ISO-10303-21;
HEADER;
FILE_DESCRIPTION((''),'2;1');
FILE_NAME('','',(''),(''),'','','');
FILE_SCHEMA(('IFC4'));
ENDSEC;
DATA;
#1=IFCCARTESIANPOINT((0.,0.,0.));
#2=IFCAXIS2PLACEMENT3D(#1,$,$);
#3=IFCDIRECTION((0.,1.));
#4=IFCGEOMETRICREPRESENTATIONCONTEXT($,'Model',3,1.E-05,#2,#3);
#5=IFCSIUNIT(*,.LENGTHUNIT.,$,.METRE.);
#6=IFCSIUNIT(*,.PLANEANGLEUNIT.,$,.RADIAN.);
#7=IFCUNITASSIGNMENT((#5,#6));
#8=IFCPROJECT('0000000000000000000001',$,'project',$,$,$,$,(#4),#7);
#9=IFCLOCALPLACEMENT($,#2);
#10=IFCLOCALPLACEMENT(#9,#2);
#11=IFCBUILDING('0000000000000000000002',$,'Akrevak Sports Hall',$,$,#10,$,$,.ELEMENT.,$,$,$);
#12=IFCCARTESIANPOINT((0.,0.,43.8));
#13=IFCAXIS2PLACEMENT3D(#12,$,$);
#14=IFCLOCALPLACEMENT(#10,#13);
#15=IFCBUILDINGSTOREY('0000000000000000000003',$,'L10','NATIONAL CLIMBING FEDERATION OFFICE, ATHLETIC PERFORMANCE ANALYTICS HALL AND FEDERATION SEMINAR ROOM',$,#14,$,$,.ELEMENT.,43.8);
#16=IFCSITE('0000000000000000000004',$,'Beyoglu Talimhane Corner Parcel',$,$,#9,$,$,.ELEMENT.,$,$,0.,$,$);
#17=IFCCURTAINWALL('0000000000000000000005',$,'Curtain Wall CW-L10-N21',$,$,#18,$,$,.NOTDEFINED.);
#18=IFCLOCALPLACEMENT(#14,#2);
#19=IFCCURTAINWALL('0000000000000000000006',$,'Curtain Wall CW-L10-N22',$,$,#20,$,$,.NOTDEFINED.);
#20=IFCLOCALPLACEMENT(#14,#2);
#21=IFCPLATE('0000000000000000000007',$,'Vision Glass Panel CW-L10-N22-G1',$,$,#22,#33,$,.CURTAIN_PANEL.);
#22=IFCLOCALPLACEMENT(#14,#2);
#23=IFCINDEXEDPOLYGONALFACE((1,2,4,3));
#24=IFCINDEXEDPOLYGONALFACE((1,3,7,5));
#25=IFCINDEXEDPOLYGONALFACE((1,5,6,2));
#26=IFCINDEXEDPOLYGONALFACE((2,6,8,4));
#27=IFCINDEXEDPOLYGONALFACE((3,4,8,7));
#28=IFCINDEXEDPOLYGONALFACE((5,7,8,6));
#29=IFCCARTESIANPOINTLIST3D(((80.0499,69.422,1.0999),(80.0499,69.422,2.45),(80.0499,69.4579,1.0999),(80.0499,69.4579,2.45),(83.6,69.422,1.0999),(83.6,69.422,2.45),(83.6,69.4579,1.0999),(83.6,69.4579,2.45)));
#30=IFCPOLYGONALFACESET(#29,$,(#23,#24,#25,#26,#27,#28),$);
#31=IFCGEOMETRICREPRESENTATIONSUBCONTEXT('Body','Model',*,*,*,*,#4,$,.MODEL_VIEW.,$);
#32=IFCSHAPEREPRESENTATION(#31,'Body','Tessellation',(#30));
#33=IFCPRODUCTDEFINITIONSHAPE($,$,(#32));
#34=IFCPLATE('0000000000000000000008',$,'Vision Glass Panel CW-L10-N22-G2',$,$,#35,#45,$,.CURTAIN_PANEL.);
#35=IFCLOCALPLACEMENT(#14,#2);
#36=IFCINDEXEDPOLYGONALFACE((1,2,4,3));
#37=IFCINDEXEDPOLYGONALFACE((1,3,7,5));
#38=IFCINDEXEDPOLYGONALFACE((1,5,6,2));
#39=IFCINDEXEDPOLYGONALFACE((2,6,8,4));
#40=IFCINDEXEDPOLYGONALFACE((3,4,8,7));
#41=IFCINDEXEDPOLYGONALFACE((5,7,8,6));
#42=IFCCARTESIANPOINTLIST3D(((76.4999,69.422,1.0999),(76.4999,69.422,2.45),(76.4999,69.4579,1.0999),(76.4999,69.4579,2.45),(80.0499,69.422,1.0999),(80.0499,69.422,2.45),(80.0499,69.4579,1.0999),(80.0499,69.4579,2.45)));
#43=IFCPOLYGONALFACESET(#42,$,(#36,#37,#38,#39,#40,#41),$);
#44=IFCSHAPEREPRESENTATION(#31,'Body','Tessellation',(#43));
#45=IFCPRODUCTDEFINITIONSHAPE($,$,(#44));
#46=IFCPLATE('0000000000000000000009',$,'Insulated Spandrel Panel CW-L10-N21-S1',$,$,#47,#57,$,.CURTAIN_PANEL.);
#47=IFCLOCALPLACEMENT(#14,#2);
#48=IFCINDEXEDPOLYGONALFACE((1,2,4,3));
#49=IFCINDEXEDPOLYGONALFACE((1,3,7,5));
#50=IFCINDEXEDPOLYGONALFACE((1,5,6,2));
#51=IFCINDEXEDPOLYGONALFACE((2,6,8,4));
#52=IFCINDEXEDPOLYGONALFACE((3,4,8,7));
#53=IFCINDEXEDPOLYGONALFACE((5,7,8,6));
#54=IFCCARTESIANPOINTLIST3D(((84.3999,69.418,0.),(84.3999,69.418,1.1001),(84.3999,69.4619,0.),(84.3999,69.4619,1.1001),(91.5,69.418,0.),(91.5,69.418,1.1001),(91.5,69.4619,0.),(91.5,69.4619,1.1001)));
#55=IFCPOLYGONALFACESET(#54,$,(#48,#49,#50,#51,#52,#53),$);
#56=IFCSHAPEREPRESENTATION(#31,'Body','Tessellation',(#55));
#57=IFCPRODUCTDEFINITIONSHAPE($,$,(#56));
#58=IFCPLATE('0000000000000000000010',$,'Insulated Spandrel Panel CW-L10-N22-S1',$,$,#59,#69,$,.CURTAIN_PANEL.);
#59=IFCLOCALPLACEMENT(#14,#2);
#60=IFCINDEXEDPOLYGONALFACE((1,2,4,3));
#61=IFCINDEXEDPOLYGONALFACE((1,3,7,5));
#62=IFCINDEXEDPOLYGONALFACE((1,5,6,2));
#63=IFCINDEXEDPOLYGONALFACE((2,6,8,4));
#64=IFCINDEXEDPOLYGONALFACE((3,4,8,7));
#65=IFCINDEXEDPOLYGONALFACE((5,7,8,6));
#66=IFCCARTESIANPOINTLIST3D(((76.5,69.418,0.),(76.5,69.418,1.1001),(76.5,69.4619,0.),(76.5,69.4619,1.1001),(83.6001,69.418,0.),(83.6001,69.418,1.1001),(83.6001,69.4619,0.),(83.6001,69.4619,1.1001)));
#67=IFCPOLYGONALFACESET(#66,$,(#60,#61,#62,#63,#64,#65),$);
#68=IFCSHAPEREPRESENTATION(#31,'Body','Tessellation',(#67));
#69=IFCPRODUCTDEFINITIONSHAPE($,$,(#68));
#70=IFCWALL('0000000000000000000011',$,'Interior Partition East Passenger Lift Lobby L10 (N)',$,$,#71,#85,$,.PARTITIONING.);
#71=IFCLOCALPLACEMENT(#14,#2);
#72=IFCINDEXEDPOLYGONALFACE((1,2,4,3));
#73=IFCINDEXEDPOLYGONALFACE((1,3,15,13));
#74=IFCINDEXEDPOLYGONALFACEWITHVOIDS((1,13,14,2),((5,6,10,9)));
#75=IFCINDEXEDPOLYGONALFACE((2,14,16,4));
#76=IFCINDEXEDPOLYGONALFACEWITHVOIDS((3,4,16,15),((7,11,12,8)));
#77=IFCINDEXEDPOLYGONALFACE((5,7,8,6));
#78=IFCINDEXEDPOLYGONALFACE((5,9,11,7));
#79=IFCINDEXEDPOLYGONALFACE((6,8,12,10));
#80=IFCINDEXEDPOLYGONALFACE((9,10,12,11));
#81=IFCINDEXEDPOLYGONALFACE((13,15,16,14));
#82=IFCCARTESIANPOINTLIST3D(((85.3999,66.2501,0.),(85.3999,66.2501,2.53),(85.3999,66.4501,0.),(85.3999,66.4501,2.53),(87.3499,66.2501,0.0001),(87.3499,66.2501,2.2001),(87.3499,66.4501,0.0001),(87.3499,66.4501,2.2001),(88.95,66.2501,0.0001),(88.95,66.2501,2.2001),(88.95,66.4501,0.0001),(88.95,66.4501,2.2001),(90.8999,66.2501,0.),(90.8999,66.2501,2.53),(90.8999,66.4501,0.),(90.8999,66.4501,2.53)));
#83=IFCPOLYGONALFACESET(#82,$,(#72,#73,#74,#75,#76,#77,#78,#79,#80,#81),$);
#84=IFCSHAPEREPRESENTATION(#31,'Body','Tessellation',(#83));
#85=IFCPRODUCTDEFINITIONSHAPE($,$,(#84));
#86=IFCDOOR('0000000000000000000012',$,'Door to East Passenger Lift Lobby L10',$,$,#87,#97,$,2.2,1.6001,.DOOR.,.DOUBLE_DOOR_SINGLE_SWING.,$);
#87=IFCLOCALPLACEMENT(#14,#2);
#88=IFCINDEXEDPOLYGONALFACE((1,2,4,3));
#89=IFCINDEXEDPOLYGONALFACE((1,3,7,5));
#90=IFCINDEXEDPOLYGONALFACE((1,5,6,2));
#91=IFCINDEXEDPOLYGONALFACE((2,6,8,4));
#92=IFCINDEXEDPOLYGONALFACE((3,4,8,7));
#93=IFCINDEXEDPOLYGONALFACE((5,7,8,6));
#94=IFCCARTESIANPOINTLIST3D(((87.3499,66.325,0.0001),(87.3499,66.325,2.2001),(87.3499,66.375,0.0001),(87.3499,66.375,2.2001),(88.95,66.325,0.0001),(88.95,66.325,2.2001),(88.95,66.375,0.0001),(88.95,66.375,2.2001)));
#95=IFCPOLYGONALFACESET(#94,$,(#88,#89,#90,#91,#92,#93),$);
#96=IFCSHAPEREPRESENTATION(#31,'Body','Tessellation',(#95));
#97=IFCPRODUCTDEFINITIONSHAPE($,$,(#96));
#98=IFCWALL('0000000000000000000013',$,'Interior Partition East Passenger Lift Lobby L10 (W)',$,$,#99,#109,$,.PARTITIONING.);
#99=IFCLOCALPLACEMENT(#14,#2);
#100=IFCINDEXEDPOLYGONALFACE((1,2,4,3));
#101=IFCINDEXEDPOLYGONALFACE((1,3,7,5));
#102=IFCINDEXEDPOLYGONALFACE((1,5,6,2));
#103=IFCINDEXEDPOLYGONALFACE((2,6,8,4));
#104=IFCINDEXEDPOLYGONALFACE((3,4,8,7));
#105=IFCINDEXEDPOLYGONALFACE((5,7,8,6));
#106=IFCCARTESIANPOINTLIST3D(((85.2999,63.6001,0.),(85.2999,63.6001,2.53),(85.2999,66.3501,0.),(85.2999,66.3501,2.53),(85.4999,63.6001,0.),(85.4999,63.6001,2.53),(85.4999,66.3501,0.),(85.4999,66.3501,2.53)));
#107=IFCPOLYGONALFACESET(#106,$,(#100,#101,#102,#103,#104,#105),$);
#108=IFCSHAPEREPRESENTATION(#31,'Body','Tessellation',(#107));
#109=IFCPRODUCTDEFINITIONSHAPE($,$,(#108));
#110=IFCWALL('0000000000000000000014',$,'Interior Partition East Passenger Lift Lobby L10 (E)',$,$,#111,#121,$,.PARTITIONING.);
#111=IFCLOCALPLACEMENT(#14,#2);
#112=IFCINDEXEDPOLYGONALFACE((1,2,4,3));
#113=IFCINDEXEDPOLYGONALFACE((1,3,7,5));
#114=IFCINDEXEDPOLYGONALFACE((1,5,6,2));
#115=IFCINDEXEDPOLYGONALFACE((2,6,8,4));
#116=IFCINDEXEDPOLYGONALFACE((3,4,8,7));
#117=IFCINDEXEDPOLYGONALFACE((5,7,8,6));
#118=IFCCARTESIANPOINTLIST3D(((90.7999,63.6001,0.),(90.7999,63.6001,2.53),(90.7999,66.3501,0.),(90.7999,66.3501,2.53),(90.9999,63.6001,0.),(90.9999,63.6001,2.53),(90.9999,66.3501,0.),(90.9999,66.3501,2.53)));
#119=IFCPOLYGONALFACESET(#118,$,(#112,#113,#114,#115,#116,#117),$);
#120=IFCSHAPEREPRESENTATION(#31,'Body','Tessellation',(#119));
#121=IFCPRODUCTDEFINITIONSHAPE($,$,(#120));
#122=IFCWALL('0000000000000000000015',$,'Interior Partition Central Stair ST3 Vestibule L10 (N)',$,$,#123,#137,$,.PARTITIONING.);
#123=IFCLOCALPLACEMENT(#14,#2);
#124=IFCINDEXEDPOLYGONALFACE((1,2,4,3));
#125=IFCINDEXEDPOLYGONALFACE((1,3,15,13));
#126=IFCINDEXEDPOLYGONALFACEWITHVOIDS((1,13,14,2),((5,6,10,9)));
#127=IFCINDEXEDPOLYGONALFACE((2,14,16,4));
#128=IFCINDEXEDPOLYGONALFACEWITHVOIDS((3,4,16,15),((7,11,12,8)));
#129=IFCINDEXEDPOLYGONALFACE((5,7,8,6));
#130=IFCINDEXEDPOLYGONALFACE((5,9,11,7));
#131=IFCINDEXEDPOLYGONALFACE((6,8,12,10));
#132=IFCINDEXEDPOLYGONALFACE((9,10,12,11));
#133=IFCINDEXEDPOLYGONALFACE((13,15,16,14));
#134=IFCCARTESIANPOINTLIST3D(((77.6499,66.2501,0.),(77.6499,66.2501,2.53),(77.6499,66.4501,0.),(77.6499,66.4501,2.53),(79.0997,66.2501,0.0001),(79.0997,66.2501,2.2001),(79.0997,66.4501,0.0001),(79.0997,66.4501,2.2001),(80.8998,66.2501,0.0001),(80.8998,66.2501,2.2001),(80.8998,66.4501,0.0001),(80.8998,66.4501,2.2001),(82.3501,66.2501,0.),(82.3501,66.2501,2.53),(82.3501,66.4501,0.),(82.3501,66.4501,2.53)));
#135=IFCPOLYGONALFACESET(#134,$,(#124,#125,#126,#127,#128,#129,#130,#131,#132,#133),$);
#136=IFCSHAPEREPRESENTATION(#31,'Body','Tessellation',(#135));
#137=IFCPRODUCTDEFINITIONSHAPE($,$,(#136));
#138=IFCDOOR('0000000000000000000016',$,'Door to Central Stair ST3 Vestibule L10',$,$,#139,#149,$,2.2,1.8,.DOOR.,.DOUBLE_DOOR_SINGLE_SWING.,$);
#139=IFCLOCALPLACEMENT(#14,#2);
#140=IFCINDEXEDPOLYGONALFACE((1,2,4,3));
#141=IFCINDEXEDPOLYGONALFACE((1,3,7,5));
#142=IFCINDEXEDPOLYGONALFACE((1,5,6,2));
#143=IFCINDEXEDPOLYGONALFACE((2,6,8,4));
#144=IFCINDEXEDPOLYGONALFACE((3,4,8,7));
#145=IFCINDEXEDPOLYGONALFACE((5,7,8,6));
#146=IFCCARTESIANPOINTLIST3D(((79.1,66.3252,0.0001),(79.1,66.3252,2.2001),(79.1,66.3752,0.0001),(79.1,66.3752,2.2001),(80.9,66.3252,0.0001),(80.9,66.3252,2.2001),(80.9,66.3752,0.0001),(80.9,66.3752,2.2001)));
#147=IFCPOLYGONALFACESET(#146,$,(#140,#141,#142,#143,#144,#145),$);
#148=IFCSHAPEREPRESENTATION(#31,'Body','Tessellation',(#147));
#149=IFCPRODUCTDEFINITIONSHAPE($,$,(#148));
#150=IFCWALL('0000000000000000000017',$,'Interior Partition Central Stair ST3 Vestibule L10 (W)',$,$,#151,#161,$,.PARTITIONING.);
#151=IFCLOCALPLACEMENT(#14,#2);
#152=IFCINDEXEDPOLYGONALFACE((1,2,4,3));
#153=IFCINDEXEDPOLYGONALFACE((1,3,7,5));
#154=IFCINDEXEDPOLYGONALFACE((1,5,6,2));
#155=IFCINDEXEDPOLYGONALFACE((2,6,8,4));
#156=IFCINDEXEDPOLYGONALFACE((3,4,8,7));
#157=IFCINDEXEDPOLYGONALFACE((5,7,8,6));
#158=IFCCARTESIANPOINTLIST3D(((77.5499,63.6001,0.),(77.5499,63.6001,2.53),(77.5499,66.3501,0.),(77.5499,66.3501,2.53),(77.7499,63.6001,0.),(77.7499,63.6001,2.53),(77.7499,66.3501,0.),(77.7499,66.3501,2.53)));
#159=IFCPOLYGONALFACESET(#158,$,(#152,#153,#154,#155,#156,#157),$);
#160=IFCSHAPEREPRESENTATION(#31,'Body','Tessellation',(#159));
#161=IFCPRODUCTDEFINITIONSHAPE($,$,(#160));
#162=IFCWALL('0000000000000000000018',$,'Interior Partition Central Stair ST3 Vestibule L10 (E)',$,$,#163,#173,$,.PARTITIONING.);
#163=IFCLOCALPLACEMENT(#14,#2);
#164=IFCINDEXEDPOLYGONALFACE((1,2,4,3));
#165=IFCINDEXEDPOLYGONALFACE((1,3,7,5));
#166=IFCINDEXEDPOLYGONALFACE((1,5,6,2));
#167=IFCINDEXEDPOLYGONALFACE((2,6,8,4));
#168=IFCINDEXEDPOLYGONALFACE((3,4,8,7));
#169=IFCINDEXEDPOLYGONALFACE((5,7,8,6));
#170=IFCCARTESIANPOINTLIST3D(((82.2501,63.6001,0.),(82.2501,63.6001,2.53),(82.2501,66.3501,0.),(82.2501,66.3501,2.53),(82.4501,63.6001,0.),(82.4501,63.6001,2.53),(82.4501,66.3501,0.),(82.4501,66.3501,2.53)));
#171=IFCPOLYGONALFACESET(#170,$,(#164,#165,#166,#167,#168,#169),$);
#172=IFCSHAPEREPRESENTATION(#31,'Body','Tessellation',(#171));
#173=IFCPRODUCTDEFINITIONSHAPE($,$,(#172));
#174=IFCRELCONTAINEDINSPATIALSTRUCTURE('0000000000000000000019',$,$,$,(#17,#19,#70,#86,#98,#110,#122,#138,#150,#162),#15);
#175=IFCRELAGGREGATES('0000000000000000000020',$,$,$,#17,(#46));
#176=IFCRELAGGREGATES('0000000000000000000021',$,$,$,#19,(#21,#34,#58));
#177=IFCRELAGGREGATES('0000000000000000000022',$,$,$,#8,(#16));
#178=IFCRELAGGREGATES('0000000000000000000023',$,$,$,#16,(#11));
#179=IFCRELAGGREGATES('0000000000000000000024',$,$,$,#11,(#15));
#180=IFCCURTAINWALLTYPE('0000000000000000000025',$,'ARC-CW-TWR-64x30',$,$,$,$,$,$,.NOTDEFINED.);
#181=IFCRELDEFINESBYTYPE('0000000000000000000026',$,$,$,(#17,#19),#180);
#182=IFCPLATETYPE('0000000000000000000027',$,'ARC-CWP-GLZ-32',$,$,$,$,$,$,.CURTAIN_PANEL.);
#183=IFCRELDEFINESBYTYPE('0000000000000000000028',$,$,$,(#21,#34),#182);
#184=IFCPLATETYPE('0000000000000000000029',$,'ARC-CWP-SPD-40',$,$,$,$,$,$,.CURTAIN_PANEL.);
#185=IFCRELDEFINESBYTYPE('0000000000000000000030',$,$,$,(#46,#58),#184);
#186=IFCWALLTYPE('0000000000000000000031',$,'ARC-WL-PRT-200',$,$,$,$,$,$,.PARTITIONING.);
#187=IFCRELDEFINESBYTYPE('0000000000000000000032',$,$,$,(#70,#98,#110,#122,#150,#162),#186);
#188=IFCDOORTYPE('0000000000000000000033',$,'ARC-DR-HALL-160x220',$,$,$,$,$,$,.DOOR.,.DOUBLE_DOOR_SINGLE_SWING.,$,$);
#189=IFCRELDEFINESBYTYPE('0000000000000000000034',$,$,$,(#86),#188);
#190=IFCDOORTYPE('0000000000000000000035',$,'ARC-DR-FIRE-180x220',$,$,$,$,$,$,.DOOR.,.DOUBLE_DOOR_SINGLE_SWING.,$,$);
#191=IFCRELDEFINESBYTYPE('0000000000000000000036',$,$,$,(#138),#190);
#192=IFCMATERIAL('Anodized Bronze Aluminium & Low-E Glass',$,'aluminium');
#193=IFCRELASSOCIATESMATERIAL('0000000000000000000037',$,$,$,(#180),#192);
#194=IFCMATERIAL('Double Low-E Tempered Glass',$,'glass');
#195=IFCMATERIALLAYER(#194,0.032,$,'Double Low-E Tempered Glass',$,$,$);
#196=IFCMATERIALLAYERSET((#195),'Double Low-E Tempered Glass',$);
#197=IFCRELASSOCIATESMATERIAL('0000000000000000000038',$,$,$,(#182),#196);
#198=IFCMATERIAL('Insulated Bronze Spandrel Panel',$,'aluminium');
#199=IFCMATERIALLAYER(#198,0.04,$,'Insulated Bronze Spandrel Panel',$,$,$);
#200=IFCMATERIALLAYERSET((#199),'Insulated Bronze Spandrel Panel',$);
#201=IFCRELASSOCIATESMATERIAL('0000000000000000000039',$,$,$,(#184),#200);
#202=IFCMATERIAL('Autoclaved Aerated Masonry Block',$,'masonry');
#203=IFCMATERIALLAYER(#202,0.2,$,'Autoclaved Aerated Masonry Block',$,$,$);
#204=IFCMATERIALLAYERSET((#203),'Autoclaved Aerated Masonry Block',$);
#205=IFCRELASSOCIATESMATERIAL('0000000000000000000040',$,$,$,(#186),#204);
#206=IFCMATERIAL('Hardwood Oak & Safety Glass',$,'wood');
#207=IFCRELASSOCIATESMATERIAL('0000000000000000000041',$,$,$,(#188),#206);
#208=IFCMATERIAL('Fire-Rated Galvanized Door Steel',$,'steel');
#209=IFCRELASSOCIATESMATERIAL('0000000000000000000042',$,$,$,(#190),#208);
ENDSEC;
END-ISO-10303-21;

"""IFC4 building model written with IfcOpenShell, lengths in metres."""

from ifc_helpers import new_model, si_unit, direction, frame, frame_2d, origin, origin_2d, place, context, subcontext, project, spatial, rectangle, extrude, material, layer, layer_set, type_object, element, fill, aggregate, save


model = new_model("IFC4")

# Units and contexts
model_context = context("Model", 3, precision=1e-05, world=origin(), true_north=direction((0.0, 1.0)))
body_context = subcontext(model_context, "Body", "Model", "MODEL_VIEW")
ifc_project = project(units=[si_unit("LENGTHUNIT", "METRE"), si_unit("PLANEANGLEUNIT", "RADIAN")], contexts=[model_context])

# Site, building, storey
site_placement = place(None, origin())
site = spatial("IfcSite", under=ifc_project, at=site_placement, Name="Beyoglu Talimhane Corner Parcel", CompositionType="ELEMENT", RefElevation=0.0)
building_placement = place(site_placement, origin())
building = spatial("IfcBuilding", under=site, at=building_placement, Name="Akrevak Sports Hall", CompositionType="ELEMENT")
storey_placement = place(building_placement, frame((0.0, 0.0, 43.8)))
storey = spatial("IfcBuildingStorey", under=building, at=storey_placement, Name="L10", Description="NATIONAL CLIMBING FEDERATION OFFICE, ATHLETIC PERFORMANCE ANALYTICS HALL AND FEDERATION SEMINAR ROOM", CompositionType="ELEMENT", Elevation=43.8)

# Curtain walls
ifc_material_1 = material(Name="Anodized Bronze Aluminium & Low-E Glass", Category="aluminium")
curtain_wall_type = type_object("IfcCurtainWallType", Name="ARC-CW-TWR-64x30", PredefinedType="NOTDEFINED", material=ifc_material_1)
curtain_wall_1_placement = place(storey_placement, origin())
curtain_wall_1 = element("IfcCurtainWall", 1, at=curtain_wall_1_placement, inside=storey, type_object=curtain_wall_type, Name="Curtain Wall CW-L10-N21", PredefinedType="NOTDEFINED")
curtain_wall_2_placement = place(storey_placement, origin())
curtain_wall_2 = element("IfcCurtainWall", 2, at=curtain_wall_2_placement, inside=storey, type_object=curtain_wall_type, Name="Curtain Wall CW-L10-N22", PredefinedType="NOTDEFINED")

# Plates
ifc_material_2 = material(Name="Double Low-E Tempered Glass", Category="glass")
ifc_layer_1 = layer(ifc_material_2, 0.032, Name="Double Low-E Tempered Glass")
ifc_layer_set_1 = layer_set([ifc_layer_1], Name="Double Low-E Tempered Glass")
plate_type_1 = type_object("IfcPlateType", Name="ARC-CWP-GLZ-32", PredefinedType="CURTAIN_PANEL", material=ifc_layer_set_1)
plate_1_placement = place(storey_placement, frame((81.825, 69.4399, 1.0999), z_axis=(0.0, 0.0, 1.0), x_axis=(-1.0, 0.0, 0.0)))
plate_1 = element("IfcPlate", 3, at=plate_1_placement, type_object=plate_type_1, Name="Vision Glass Panel CW-L10-N22-G1", PredefinedType="CURTAIN_PANEL", context=body_context, shape_type="SweptSolid", body=[
    extrude(rectangle(XDim=3.55, YDim=0.0359, at=origin_2d()), origin(), (0.0, 0.0, 1.0), 1.3501),
])
plate_2_placement = place(storey_placement, frame((78.2749, 69.4399, 1.0999), z_axis=(0.0, 0.0, 1.0), x_axis=(-1.0, 0.0, 0.0)))
plate_2 = element("IfcPlate", 4, at=plate_2_placement, type_object=plate_type_1, Name="Vision Glass Panel CW-L10-N22-G2", PredefinedType="CURTAIN_PANEL", context=body_context, shape_type="SweptSolid", body=[
    extrude(rectangle(XDim=3.55, YDim=0.0359, at=origin_2d()), origin(), (0.0, 0.0, 1.0), 1.3501),
])
ifc_material_3 = material(Name="Insulated Bronze Spandrel Panel", Category="aluminium")
ifc_layer_2 = layer(ifc_material_3, 0.04, Name="Insulated Bronze Spandrel Panel")
ifc_layer_set_2 = layer_set([ifc_layer_2], Name="Insulated Bronze Spandrel Panel")
plate_type_2 = type_object("IfcPlateType", Name="ARC-CWP-SPD-40", PredefinedType="CURTAIN_PANEL", material=ifc_layer_set_2)
plate_3_placement = place(storey_placement, frame((87.95, 69.4399, 0.0), z_axis=(0.0, 0.0, 1.0), x_axis=(-1.0, 0.0, 0.0)))
plate_3 = element("IfcPlate", 5, at=plate_3_placement, type_object=plate_type_2, Name="Insulated Spandrel Panel CW-L10-N21-S1", PredefinedType="CURTAIN_PANEL", context=body_context, shape_type="SweptSolid", body=[
    extrude(rectangle(XDim=7.1001, YDim=0.0439, at=origin_2d()), origin(), (0.0, 0.0, 1.0), 1.1001),
])
aggregate(curtain_wall_1, [plate_3])
plate_4_placement = place(storey_placement, frame((80.05, 69.4399, 0.0), z_axis=(0.0, 0.0, 1.0), x_axis=(-1.0, 0.0, 0.0)))
plate_4 = element("IfcPlate", 6, at=plate_4_placement, type_object=plate_type_2, Name="Insulated Spandrel Panel CW-L10-N22-S1", PredefinedType="CURTAIN_PANEL", context=body_context, shape_type="SweptSolid", body=[
    extrude(rectangle(XDim=7.1001, YDim=0.0439, at=origin_2d()), origin(), (0.0, 0.0, 1.0), 1.1001),
])
aggregate(curtain_wall_2, [plate_1, plate_2, plate_4])

# Wall, opening, door
ifc_material_4 = material(Name="Autoclaved Aerated Masonry Block", Category="masonry")
ifc_layer_3 = layer(ifc_material_4, 0.2, Name="Autoclaved Aerated Masonry Block")
ifc_layer_set_3 = layer_set([ifc_layer_3], Name="Autoclaved Aerated Masonry Block")
wall_type_1 = type_object("IfcWallType", Name="ARC-WL-PRT-200", PredefinedType="PARTITIONING", material=ifc_layer_set_3)
wall_1_placement = place(storey_placement, frame((85.3999, 66.3501, 0.0), z_axis=(0.0, 0.0, 1.0), x_axis=(1.0, 0.0, 0.0)))
wall_1 = element("IfcWall", 7, at=wall_1_placement, inside=storey, type_object=wall_type_1, Name="Interior Partition East Passenger Lift Lobby L10 (N)", PredefinedType="PARTITIONING", context=body_context, shape_type="SweptSolid", body=[
    extrude(rectangle(XDim=5.5, YDim=0.2, at=frame_2d((2.75, 0.0))), origin(), (0.0, 0.0, 1.0), 2.53),
])
opening_1_placement = place(wall_1_placement, frame((1.95, 0.0, 0.0)))
opening_1 = element("IfcOpeningElement", 8, at=opening_1_placement, cuts=wall_1, PredefinedType="OPENING", context=body_context, shape_type="SweptSolid", body=[
    extrude(rectangle(XDim=1.6001, YDim=2.2, at=frame_2d((0.8, 1.1001))), frame((0.0, 0.1118, 0.0), z_axis=(0.0, -1.0, 0.0), x_axis=(1.0, 0.0, 0.0)), (0.0, 0.0, 1.0), 0.2239),
])
ifc_material_5 = material(Name="Hardwood Oak & Safety Glass", Category="wood")
door_type_1 = type_object("IfcDoorType", Name="ARC-DR-HALL-160x220", OperationType="DOUBLE_DOOR_SINGLE_SWING", PredefinedType="DOOR", material=ifc_material_5)
door_1_placement = place(opening_1_placement, origin())
door_1 = element("IfcDoor", 9, at=door_1_placement, inside=storey, type_object=door_type_1, Name="Door to East Passenger Lift Lobby L10", OperationType="DOUBLE_DOOR_SINGLE_SWING", OverallHeight=2.2, OverallWidth=1.6001, PredefinedType="DOOR", context=body_context, shape_type="SweptSolid", body=[
    extrude(rectangle(XDim=1.6001, YDim=2.2, at=frame_2d((0.8, 1.1001))), frame((0.0, 0.0249, 0.0), z_axis=(0.0, -1.0, 0.0), x_axis=(1.0, 0.0, 0.0)), (0.0, 0.0, 1.0), 0.05),
])
fill(opening_1, door_1)

# Walls
for number, where, z_axis, x_axis, name in (
    (10, (85.3999, 63.6001, 0.0), (0.0, 0.0, 1.0), (0.0, 1.0, 0.0), "Interior Partition East Passenger Lift Lobby L10 (W)"),
    (11, (90.8999, 63.6001, 0.0), (0.0, 0.0, 1.0), (0.0, 1.0, 0.0), "Interior Partition East Passenger Lift Lobby L10 (E)"),
):
    element("IfcWall", number, at=place(storey_placement, frame(where, z_axis=z_axis, x_axis=x_axis)), inside=storey, type_object=wall_type_1, Name=name, PredefinedType="PARTITIONING", context=body_context, shape_type="SweptSolid", body=[
        extrude(rectangle(XDim=2.75, YDim=0.2, at=frame_2d((1.375, 0.0))), origin(), (0.0, 0.0, 1.0), 2.53),
    ])

# Wall, opening, door
wall_2_placement = place(storey_placement, frame((77.6499, 66.3501, 0.0), z_axis=(0.0, 0.0, 1.0), x_axis=(1.0, 0.0, 0.0)))
wall_2 = element("IfcWall", 12, at=wall_2_placement, inside=storey, type_object=wall_type_1, Name="Interior Partition Central Stair ST3 Vestibule L10 (N)", PredefinedType="PARTITIONING", context=body_context, shape_type="SweptSolid", body=[
    extrude(rectangle(XDim=4.7002, YDim=0.2, at=frame_2d((2.3501, 0.0))), origin(), (0.0, 0.0, 1.0), 2.53),
])
opening_2_placement = place(wall_2_placement, frame((1.45, 0.0, 0.0)))
opening_2 = element("IfcOpeningElement", 13, at=opening_2_placement, cuts=wall_2, PredefinedType="OPENING", context=body_context, shape_type="SweptSolid", body=[
    extrude(rectangle(XDim=1.8, YDim=2.2, at=frame_2d((0.8999, 1.1001))), frame((0.0, 0.1118, 0.0), z_axis=(0.0, -1.0, 0.0), x_axis=(1.0, 0.0, 0.0)), (0.0, 0.0, 1.0), 0.2239),
])
ifc_material_6 = material(Name="Fire-Rated Galvanized Door Steel", Category="steel")
door_type_2 = type_object("IfcDoorType", Name="ARC-DR-FIRE-180x220", OperationType="DOUBLE_DOOR_SINGLE_SWING", PredefinedType="DOOR", material=ifc_material_6)
door_2_placement = place(opening_2_placement, frame((1.8, 0.0, 0.0), z_axis=(0.0, 0.0, 1.0), x_axis=(-1.0, 0.0, 0.0)))
door_2 = element("IfcDoor", 14, at=door_2_placement, inside=storey, type_object=door_type_2, Name="Door to Central Stair ST3 Vestibule L10", OperationType="DOUBLE_DOOR_SINGLE_SWING", OverallHeight=2.2, OverallWidth=1.8, PredefinedType="DOOR", context=body_context, shape_type="SweptSolid", body=[
    extrude(rectangle(XDim=1.8, YDim=2.2, at=frame_2d((0.8999, 1.1001))), frame((0.0, 0.0249, 0.0), z_axis=(0.0, -1.0, 0.0), x_axis=(1.0, 0.0, 0.0)), (0.0, 0.0, 1.0), 0.05),
])
fill(opening_2, door_2)

# Walls
for number, where, z_axis, x_axis, name in (
    (15, (77.6499, 63.6001, 0.0), (0.0, 0.0, 1.0), (0.0, 1.0, 0.0), "Interior Partition Central Stair ST3 Vestibule L10 (W)"),
    (16, (82.3501, 63.6001, 0.0), (0.0, 0.0, 1.0), (0.0, 1.0, 0.0), "Interior Partition Central Stair ST3 Vestibule L10 (E)"),
):
    element("IfcWall", number, at=place(storey_placement, frame(where, z_axis=z_axis, x_axis=x_axis)), inside=storey, type_object=wall_type_1, Name=name, PredefinedType="PARTITIONING", context=body_context, shape_type="SweptSolid", body=[
        extrude(rectangle(XDim=2.75, YDim=0.2, at=frame_2d((1.375, 0.0))), origin(), (0.0, 0.0, 1.0), 2.53),
    ])

save(model, "model.ifc")
